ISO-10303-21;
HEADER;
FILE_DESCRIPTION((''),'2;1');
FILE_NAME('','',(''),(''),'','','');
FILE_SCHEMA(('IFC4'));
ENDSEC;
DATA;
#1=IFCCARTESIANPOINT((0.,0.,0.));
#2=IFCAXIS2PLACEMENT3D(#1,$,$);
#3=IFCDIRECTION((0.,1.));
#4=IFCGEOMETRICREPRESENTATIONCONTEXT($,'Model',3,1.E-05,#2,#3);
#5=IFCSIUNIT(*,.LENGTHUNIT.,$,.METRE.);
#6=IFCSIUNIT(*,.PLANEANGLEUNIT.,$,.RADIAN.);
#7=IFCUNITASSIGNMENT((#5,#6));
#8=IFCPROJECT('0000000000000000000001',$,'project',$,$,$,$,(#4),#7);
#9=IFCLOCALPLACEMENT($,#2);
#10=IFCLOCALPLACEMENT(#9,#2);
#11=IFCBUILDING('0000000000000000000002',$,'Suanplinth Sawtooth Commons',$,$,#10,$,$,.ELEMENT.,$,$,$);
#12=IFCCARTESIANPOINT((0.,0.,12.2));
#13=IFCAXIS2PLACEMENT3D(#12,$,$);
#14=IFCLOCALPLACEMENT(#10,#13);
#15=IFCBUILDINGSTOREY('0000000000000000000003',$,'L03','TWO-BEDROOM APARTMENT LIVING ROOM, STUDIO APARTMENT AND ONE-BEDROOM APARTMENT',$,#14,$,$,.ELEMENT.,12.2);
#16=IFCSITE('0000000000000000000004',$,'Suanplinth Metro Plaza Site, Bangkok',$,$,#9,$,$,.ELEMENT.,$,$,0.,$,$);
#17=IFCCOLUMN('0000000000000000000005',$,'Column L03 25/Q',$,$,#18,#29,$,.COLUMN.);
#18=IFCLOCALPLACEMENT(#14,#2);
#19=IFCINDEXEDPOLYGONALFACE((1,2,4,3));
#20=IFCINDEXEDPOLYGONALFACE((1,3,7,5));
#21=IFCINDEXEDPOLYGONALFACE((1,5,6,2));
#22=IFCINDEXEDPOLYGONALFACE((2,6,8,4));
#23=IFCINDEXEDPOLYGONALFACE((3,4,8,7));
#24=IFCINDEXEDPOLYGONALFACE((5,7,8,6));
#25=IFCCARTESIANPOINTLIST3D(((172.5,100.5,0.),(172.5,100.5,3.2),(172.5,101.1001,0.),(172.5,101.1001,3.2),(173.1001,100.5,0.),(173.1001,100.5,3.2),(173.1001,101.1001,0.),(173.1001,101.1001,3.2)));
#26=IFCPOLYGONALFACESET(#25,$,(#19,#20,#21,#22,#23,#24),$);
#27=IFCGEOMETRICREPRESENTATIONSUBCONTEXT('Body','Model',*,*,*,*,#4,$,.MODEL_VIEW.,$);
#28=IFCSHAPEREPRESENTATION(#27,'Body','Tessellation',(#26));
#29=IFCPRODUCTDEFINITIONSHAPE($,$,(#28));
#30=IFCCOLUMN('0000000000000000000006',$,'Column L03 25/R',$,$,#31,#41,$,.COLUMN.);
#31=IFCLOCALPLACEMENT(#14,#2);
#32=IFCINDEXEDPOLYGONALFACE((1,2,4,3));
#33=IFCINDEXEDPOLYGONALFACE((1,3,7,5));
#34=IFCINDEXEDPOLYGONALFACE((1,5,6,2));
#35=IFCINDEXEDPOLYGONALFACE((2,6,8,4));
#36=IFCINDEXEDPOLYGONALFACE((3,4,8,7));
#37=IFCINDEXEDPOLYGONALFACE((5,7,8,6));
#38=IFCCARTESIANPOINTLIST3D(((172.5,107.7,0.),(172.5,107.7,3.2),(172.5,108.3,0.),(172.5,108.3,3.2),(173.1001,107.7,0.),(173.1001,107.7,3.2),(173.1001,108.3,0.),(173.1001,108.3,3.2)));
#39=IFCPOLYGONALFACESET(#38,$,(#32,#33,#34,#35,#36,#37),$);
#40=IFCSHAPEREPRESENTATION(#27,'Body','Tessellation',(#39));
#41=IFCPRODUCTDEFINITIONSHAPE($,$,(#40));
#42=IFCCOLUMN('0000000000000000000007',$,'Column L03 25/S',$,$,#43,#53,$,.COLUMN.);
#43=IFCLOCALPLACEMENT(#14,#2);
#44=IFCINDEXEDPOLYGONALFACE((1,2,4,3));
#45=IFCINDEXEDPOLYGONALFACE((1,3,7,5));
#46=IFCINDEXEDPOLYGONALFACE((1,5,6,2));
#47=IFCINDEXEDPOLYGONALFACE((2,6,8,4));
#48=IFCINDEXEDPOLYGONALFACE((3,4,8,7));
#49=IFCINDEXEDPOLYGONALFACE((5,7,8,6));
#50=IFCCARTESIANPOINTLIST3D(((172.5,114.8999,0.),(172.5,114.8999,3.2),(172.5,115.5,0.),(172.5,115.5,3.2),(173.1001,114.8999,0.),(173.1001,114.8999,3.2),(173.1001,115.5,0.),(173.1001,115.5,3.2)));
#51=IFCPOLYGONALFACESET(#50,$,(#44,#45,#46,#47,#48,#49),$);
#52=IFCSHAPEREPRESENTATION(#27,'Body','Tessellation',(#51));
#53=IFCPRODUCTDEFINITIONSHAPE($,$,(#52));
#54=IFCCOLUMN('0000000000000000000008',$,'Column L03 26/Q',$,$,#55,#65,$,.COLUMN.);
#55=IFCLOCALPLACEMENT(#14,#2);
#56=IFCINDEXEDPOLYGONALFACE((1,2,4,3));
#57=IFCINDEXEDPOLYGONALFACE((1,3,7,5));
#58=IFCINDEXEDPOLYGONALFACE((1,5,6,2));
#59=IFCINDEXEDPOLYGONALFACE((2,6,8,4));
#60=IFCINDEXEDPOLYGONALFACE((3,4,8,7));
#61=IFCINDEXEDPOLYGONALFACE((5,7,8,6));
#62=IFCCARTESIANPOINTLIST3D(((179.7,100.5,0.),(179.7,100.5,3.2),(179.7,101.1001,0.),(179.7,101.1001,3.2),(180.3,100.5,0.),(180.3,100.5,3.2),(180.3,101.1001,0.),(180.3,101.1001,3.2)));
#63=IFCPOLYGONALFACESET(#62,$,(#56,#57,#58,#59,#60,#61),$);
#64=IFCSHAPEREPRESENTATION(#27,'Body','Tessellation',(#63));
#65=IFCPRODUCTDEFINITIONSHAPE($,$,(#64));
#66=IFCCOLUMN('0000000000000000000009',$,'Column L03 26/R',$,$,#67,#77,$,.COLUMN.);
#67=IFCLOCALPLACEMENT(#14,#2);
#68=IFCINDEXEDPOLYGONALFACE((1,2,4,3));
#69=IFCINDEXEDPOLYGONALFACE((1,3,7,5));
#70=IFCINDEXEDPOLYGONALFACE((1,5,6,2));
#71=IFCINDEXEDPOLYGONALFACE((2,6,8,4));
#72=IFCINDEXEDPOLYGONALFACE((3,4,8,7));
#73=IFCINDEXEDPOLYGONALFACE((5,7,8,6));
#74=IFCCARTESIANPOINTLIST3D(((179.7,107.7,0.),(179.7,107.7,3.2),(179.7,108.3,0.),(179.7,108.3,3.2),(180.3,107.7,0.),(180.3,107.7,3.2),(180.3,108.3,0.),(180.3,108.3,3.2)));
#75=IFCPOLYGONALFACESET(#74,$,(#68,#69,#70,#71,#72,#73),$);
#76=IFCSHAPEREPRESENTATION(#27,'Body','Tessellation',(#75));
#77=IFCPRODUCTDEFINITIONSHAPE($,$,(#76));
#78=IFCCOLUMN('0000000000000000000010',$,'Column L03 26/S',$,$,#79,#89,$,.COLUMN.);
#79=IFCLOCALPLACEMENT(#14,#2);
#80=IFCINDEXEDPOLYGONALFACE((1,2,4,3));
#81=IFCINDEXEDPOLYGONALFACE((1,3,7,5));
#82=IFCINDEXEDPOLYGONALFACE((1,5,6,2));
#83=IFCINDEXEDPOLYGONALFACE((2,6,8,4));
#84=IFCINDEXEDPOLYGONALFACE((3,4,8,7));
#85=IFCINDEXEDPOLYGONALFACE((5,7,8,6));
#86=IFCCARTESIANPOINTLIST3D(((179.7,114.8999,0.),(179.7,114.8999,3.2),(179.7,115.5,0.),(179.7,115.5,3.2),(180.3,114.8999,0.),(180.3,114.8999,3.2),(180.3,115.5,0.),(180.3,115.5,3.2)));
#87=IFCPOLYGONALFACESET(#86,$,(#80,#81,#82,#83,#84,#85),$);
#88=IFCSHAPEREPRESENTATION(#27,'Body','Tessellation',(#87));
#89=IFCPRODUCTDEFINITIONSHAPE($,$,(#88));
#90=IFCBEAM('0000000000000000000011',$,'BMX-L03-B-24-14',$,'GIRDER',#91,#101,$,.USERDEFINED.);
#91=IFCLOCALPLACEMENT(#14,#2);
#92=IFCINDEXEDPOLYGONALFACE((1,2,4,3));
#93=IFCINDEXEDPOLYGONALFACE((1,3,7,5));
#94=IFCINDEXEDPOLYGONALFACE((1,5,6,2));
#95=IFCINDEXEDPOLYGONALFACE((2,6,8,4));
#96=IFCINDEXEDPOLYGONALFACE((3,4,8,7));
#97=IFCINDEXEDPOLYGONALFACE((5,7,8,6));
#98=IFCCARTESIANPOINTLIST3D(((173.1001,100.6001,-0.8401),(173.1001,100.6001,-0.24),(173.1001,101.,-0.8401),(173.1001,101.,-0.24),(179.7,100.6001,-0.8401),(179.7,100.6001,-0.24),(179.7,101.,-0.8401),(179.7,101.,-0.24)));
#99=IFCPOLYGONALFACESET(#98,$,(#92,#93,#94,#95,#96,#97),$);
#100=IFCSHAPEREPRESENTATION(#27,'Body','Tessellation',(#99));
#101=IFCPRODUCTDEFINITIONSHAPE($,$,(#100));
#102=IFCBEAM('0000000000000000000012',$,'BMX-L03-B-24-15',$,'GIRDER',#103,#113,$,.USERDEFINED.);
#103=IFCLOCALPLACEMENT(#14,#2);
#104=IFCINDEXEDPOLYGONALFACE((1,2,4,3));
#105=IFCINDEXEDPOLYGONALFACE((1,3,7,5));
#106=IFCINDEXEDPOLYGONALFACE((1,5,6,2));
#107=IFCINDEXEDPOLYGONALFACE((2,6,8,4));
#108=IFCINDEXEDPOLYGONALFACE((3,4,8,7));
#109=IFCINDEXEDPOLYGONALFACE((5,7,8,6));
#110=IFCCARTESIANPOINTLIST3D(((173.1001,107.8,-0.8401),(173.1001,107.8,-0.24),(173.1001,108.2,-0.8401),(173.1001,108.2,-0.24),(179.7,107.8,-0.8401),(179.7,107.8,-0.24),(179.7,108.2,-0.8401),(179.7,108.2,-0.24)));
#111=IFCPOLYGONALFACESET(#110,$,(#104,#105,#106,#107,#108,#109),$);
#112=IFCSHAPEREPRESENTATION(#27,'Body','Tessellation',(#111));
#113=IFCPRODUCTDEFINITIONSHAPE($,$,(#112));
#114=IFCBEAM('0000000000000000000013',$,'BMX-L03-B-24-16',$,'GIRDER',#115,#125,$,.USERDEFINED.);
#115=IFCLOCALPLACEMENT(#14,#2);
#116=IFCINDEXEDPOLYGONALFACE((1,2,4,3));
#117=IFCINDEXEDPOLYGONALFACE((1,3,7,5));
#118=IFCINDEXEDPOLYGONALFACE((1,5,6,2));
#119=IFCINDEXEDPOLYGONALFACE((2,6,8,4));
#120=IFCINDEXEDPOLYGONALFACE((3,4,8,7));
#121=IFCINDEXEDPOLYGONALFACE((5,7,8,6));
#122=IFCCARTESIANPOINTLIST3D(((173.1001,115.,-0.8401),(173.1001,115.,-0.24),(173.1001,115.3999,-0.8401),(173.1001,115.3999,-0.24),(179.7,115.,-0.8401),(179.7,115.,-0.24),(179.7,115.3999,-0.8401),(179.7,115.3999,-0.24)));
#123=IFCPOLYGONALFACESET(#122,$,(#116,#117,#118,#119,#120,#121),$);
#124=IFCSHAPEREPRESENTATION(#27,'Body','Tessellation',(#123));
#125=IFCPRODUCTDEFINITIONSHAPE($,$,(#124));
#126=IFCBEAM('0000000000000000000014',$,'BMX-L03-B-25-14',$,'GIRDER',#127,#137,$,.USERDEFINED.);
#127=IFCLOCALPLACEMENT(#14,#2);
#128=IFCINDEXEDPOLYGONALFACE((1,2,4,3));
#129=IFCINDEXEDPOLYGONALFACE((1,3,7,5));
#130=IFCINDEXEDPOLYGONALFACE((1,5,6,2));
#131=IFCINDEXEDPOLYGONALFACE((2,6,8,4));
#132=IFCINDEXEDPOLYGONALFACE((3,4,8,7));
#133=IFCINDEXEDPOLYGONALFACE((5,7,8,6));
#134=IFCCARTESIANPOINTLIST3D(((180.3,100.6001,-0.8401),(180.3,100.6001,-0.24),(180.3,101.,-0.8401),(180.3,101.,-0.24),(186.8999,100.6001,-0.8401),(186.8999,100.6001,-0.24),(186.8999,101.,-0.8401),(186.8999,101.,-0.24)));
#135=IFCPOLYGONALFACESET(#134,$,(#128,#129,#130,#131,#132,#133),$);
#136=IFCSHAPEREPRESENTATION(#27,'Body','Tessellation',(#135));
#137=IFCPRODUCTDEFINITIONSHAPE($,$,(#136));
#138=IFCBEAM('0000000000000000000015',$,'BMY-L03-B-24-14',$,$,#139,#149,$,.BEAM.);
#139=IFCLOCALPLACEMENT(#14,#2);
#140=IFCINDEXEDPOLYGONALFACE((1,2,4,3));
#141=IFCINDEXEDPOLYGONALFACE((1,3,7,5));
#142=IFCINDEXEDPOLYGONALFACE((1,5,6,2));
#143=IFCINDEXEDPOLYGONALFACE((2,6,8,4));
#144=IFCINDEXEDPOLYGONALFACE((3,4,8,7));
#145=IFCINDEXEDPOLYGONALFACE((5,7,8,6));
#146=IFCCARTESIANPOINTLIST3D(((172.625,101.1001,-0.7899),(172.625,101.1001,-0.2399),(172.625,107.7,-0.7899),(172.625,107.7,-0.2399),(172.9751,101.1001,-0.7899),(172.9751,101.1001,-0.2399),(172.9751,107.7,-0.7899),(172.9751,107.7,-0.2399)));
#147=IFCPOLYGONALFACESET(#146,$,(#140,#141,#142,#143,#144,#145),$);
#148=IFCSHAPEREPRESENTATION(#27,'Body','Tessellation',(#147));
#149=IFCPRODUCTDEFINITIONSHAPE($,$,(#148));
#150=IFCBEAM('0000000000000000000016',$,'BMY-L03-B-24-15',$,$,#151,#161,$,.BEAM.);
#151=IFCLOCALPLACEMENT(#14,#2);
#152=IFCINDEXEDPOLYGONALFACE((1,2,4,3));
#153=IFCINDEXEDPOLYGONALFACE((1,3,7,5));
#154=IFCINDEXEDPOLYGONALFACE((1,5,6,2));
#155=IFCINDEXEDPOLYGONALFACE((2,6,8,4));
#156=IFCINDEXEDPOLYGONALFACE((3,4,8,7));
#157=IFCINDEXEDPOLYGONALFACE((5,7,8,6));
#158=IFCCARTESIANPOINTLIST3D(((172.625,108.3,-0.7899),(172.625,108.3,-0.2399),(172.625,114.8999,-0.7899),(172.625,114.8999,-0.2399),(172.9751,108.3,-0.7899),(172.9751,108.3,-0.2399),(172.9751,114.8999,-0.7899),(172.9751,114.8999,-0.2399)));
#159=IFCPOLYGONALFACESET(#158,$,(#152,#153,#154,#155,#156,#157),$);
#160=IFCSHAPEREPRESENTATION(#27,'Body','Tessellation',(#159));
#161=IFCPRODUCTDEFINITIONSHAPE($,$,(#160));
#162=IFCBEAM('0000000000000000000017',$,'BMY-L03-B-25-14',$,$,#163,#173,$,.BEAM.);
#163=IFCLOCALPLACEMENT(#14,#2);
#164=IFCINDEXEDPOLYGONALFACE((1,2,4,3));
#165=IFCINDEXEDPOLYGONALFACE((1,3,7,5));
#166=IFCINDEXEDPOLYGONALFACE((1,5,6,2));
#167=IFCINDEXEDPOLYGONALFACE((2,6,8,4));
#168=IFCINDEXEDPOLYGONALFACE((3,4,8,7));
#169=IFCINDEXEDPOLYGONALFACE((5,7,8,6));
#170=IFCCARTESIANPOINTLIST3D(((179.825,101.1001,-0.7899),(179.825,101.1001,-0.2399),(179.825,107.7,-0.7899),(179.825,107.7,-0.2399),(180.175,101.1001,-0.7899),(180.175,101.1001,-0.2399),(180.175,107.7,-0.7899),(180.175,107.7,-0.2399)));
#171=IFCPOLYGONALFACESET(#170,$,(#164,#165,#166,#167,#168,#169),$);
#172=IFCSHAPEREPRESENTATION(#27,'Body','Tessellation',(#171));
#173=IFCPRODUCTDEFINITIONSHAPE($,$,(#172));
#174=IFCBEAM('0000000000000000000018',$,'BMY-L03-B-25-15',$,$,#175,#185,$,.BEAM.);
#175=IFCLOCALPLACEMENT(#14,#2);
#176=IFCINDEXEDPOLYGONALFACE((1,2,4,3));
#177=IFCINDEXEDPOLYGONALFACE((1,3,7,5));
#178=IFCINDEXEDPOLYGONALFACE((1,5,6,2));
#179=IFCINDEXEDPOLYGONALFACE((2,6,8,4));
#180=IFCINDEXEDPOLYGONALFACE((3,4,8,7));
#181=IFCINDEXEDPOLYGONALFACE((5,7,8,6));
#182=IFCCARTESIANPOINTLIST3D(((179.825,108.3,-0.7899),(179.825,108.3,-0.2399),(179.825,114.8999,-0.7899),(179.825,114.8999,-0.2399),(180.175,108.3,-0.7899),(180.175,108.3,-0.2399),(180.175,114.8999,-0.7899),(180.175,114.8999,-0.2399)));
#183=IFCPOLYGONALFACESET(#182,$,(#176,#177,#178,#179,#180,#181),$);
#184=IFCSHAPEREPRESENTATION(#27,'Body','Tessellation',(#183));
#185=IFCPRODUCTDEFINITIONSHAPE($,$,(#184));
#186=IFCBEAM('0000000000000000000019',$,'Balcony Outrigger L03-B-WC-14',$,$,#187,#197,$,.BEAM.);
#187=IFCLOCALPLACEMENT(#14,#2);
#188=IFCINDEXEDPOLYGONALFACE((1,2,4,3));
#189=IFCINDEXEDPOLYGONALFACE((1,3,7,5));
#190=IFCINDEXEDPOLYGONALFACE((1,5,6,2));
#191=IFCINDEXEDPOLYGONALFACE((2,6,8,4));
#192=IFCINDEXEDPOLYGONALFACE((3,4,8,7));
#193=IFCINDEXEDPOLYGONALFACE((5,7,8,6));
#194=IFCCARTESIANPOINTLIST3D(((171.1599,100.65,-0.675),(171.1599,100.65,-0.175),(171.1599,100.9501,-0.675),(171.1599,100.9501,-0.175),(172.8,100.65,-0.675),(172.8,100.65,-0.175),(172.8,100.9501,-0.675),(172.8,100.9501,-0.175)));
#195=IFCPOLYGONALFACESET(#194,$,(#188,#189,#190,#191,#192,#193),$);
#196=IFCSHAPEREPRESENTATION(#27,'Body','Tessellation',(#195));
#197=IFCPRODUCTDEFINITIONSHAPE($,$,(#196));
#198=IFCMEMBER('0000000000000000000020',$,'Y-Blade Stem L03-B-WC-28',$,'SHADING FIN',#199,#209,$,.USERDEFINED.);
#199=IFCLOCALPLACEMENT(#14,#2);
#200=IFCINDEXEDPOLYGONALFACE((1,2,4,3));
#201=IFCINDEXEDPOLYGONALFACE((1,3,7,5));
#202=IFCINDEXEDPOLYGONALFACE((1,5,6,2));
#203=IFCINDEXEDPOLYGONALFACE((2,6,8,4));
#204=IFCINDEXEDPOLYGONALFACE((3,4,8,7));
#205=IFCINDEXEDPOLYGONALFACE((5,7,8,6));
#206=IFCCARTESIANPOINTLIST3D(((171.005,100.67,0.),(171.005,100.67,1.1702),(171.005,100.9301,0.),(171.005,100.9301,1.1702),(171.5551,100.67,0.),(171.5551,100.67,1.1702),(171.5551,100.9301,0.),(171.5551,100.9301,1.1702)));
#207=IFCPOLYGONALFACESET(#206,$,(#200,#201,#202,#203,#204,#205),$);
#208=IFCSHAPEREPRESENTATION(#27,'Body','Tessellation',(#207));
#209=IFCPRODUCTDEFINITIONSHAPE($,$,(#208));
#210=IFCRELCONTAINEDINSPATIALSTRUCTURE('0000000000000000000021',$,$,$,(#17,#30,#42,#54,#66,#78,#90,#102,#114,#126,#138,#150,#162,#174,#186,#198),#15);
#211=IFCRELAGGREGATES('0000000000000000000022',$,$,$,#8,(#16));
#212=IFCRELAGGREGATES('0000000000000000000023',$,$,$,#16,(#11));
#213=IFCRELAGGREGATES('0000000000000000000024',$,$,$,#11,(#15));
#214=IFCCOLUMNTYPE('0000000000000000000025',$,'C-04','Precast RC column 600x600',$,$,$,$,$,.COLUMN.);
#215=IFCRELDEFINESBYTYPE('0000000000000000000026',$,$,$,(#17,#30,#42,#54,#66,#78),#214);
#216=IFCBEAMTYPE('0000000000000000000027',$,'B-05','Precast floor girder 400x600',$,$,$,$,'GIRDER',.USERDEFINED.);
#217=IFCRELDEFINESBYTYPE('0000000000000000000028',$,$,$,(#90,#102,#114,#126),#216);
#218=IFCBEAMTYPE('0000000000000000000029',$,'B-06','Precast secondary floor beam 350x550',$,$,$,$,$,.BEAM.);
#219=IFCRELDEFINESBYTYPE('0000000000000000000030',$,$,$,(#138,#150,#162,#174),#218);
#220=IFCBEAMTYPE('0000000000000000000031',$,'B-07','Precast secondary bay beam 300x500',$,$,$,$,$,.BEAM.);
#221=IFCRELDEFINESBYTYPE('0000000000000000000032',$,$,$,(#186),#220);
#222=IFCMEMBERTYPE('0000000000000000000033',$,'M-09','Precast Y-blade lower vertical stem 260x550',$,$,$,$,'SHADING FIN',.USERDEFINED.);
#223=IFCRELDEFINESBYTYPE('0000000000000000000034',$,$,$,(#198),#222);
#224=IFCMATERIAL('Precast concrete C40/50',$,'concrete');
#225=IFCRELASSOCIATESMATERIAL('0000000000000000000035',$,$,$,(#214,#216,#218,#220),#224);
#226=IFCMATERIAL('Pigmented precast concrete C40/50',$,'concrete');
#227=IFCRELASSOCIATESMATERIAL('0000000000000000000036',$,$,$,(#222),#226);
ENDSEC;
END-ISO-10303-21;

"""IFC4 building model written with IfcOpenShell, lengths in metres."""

from ifc_helpers import new_model, si_unit, direction, frame, origin, origin_2d, place, context, subcontext, project, spatial, rectangle, extrude, material, material_profile, profile_set, type_object, element, save


model = new_model("IFC4")

# Units and contexts
model_context = context("Model", 3, precision=1e-05, world=origin(), true_north=direction((0.0, 1.0)))
body_context = subcontext(model_context, "Body", "Model", "MODEL_VIEW")
ifc_project = project(units=[si_unit("LENGTHUNIT", "METRE"), si_unit("PLANEANGLEUNIT", "RADIAN")], contexts=[model_context])

# Site, building, storey
site_placement = place(None, origin())
site = spatial("IfcSite", under=ifc_project, at=site_placement, Name="Suanplinth Metro Plaza Site, Bangkok", CompositionType="ELEMENT", RefElevation=0.0)
building_placement = place(site_placement, origin())
building = spatial("IfcBuilding", under=site, at=building_placement, Name="Suanplinth Sawtooth Commons", CompositionType="ELEMENT")
storey_placement = place(building_placement, frame((0.0, 0.0, 12.2)))
storey = spatial("IfcBuildingStorey", under=building, at=storey_placement, Name="L03", Description="TWO-BEDROOM APARTMENT LIVING ROOM, STUDIO APARTMENT AND ONE-BEDROOM APARTMENT", CompositionType="ELEMENT", Elevation=12.2)

# Columns
ifc_material_1 = material(Name="Precast concrete C40/50", Category="concrete")
ifc_material_profile_1 = material_profile(ifc_material_1, rectangle(XDim=0.6001, YDim=0.6001, at=origin_2d()), Name="PC-COL 600x600")
ifc_profile_set_1 = profile_set([ifc_material_profile_1], Name="Precast concrete C40/50")
column_type = type_object("IfcColumnType", Name="C-04", Description="Precast RC column 600x600", PredefinedType="COLUMN", material=ifc_profile_set_1)
for number, where, z_axis, x_axis, name in (
    (1, (172.8, 100.8, 0.0), (0.0, 0.0, 1.0), (1.0, 0.0, 0.0), "Column L03 25/Q"),
    (2, (172.8, 108.0, 0.0), (0.0, 0.0, 1.0), (1.0, 0.0, 0.0), "Column L03 25/R"),
    (3, (172.8, 115.2, 0.0), (0.0, 0.0, 1.0), (1.0, 0.0, 0.0), "Column L03 25/S"),
    (4, (180.0, 100.8, 0.0), (0.0, 0.0, 1.0), (1.0, 0.0, 0.0), "Column L03 26/Q"),
    (5, (180.0, 108.0, 0.0), (0.0, 0.0, 1.0), (1.0, 0.0, 0.0), "Column L03 26/R"),
    (6, (180.0, 115.2, 0.0), (0.0, 0.0, 1.0), (1.0, 0.0, 0.0), "Column L03 26/S"),
):
    element("IfcColumn", number, at=place(storey_placement, frame(where, z_axis=z_axis, x_axis=x_axis)), inside=storey, type_object=column_type, Name=name, PredefinedType="COLUMN", context=body_context, shape_type="SweptSolid", body=[
        extrude(rectangle(XDim=0.6001, YDim=0.6001, at=origin_2d()), origin(), (0.0, 0.0, 1.0), 3.2),
    ])

# Beams
ifc_material_profile_2 = material_profile(ifc_material_1, rectangle(XDim=0.3999, YDim=0.6001, at=origin_2d()), Name="PC-GDR 400x600")
ifc_profile_set_2 = profile_set([ifc_material_profile_2], Name="Precast concrete C40/50")
beam_type_1 = type_object("IfcBeamType", Name="B-05", Description="Precast floor girder 400x600", ElementType="GIRDER", PredefinedType="USERDEFINED", material=ifc_profile_set_2)
for number, where, z_axis, x_axis, name in (
    (7, (173.1001, 100.8, -0.54), (1.0, 0.0, 0.0), (0.0, 1.0, 0.0), "BMX-L03-B-24-14"),
    (8, (173.1001, 108.0, -0.54), (1.0, 0.0, 0.0), (0.0, 1.0, 0.0), "BMX-L03-B-24-15"),
    (9, (173.1001, 115.2, -0.54), (1.0, 0.0, 0.0), (0.0, 1.0, 0.0), "BMX-L03-B-24-16"),
    (10, (180.3, 100.8, -0.54), (1.0, 0.0, 0.0), (0.0, 1.0, 0.0), "BMX-L03-B-25-14"),
):
    element("IfcBeam", number, at=place(storey_placement, frame(where, z_axis=z_axis, x_axis=x_axis)), inside=storey, type_object=beam_type_1, Name=name, ObjectType="GIRDER", PredefinedType="USERDEFINED", context=body_context, shape_type="SweptSolid", body=[
        extrude(rectangle(XDim=0.3999, YDim=0.6001, at=origin_2d()), origin(), (0.0, 0.0, 1.0), 6.5999),
    ])
ifc_material_profile_3 = material_profile(ifc_material_1, rectangle(XDim=0.3501, YDim=0.55, at=origin_2d()), Name="PC-BM 350x550")
ifc_profile_set_3 = profile_set([ifc_material_profile_3], Name="Precast concrete C40/50")
beam_type_2 = type_object("IfcBeamType", Name="B-06", Description="Precast secondary floor beam 350x550", PredefinedType="BEAM", material=ifc_profile_set_3)
for number, where, z_axis, x_axis, name in (
    (11, (172.8, 101.1001, -0.5149), (0.0, 1.0, 0.0), (-1.0, 0.0, 0.0), "BMY-L03-B-24-14"),
    (12, (172.8, 108.3, -0.5149), (0.0, 1.0, 0.0), (-1.0, 0.0, 0.0), "BMY-L03-B-24-15"),
    (13, (180.0, 101.1001, -0.5149), (0.0, 1.0, 0.0), (-1.0, 0.0, 0.0), "BMY-L03-B-25-14"),
    (14, (180.0, 108.3, -0.5149), (0.0, 1.0, 0.0), (-1.0, 0.0, 0.0), "BMY-L03-B-25-15"),
):
    element("IfcBeam", number, at=place(storey_placement, frame(where, z_axis=z_axis, x_axis=x_axis)), inside=storey, type_object=beam_type_2, Name=name, PredefinedType="BEAM", context=body_context, shape_type="SweptSolid", body=[
        extrude(rectangle(XDim=0.3501, YDim=0.55, at=origin_2d()), origin(), (0.0, 0.0, 1.0), 6.5999),
    ])
ifc_material_profile_4 = material_profile(ifc_material_1, rectangle(XDim=0.3, YDim=0.5, at=origin_2d()), Name="PC-BM 300x500")
ifc_profile_set_4 = profile_set([ifc_material_profile_4], Name="Precast concrete C40/50")
beam_type_3 = type_object("IfcBeamType", Name="B-07", Description="Precast secondary bay beam 300x500", PredefinedType="BEAM", material=ifc_profile_set_4)
beam_placement = place(storey_placement, frame((172.8, 100.8, -0.425), z_axis=(-1.0, 0.0, 0.0), x_axis=(0.0, -1.0, 0.0)))
element("IfcBeam", 15, at=beam_placement, inside=storey, type_object=beam_type_3, Name="Balcony Outrigger L03-B-WC-14", PredefinedType="BEAM", context=body_context, shape_type="SweptSolid", body=[
    extrude(rectangle(XDim=0.3, YDim=0.5, at=origin_2d()), origin(), (0.0, 0.0, 1.0), 1.6401),
])

# Member
ifc_material_2 = material(Name="Pigmented precast concrete C40/50", Category="concrete")
ifc_material_profile_5 = material_profile(ifc_material_2, rectangle(XDim=0.26, YDim=0.55, at=origin_2d()), Name="PC-FIN 260x550")
ifc_profile_set_5 = profile_set([ifc_material_profile_5], Name="Pigmented precast concrete C40/50")
member_type_1 = type_object("IfcMemberType", Name="M-09", Description="Precast Y-blade lower vertical stem 260x550", ElementType="SHADING FIN", PredefinedType="USERDEFINED", material=ifc_profile_set_5)
member_1_placement = place(storey_placement, frame((171.28, 100.8, 0.0), z_axis=(0.0, 0.0, 1.0), x_axis=(0.0, 1.0, 0.0)))
element("IfcMember", 16, at=member_1_placement, inside=storey, type_object=member_type_1, Name="Y-Blade Stem L03-B-WC-28", ObjectType="SHADING FIN", PredefinedType="USERDEFINED", context=body_context, shape_type="SweptSolid", body=[
    extrude(rectangle(XDim=0.26, YDim=0.55, at=origin_2d()), origin(), (0.0, 0.0, 1.0), 1.1702),
])

save(model, "model.ifc")
